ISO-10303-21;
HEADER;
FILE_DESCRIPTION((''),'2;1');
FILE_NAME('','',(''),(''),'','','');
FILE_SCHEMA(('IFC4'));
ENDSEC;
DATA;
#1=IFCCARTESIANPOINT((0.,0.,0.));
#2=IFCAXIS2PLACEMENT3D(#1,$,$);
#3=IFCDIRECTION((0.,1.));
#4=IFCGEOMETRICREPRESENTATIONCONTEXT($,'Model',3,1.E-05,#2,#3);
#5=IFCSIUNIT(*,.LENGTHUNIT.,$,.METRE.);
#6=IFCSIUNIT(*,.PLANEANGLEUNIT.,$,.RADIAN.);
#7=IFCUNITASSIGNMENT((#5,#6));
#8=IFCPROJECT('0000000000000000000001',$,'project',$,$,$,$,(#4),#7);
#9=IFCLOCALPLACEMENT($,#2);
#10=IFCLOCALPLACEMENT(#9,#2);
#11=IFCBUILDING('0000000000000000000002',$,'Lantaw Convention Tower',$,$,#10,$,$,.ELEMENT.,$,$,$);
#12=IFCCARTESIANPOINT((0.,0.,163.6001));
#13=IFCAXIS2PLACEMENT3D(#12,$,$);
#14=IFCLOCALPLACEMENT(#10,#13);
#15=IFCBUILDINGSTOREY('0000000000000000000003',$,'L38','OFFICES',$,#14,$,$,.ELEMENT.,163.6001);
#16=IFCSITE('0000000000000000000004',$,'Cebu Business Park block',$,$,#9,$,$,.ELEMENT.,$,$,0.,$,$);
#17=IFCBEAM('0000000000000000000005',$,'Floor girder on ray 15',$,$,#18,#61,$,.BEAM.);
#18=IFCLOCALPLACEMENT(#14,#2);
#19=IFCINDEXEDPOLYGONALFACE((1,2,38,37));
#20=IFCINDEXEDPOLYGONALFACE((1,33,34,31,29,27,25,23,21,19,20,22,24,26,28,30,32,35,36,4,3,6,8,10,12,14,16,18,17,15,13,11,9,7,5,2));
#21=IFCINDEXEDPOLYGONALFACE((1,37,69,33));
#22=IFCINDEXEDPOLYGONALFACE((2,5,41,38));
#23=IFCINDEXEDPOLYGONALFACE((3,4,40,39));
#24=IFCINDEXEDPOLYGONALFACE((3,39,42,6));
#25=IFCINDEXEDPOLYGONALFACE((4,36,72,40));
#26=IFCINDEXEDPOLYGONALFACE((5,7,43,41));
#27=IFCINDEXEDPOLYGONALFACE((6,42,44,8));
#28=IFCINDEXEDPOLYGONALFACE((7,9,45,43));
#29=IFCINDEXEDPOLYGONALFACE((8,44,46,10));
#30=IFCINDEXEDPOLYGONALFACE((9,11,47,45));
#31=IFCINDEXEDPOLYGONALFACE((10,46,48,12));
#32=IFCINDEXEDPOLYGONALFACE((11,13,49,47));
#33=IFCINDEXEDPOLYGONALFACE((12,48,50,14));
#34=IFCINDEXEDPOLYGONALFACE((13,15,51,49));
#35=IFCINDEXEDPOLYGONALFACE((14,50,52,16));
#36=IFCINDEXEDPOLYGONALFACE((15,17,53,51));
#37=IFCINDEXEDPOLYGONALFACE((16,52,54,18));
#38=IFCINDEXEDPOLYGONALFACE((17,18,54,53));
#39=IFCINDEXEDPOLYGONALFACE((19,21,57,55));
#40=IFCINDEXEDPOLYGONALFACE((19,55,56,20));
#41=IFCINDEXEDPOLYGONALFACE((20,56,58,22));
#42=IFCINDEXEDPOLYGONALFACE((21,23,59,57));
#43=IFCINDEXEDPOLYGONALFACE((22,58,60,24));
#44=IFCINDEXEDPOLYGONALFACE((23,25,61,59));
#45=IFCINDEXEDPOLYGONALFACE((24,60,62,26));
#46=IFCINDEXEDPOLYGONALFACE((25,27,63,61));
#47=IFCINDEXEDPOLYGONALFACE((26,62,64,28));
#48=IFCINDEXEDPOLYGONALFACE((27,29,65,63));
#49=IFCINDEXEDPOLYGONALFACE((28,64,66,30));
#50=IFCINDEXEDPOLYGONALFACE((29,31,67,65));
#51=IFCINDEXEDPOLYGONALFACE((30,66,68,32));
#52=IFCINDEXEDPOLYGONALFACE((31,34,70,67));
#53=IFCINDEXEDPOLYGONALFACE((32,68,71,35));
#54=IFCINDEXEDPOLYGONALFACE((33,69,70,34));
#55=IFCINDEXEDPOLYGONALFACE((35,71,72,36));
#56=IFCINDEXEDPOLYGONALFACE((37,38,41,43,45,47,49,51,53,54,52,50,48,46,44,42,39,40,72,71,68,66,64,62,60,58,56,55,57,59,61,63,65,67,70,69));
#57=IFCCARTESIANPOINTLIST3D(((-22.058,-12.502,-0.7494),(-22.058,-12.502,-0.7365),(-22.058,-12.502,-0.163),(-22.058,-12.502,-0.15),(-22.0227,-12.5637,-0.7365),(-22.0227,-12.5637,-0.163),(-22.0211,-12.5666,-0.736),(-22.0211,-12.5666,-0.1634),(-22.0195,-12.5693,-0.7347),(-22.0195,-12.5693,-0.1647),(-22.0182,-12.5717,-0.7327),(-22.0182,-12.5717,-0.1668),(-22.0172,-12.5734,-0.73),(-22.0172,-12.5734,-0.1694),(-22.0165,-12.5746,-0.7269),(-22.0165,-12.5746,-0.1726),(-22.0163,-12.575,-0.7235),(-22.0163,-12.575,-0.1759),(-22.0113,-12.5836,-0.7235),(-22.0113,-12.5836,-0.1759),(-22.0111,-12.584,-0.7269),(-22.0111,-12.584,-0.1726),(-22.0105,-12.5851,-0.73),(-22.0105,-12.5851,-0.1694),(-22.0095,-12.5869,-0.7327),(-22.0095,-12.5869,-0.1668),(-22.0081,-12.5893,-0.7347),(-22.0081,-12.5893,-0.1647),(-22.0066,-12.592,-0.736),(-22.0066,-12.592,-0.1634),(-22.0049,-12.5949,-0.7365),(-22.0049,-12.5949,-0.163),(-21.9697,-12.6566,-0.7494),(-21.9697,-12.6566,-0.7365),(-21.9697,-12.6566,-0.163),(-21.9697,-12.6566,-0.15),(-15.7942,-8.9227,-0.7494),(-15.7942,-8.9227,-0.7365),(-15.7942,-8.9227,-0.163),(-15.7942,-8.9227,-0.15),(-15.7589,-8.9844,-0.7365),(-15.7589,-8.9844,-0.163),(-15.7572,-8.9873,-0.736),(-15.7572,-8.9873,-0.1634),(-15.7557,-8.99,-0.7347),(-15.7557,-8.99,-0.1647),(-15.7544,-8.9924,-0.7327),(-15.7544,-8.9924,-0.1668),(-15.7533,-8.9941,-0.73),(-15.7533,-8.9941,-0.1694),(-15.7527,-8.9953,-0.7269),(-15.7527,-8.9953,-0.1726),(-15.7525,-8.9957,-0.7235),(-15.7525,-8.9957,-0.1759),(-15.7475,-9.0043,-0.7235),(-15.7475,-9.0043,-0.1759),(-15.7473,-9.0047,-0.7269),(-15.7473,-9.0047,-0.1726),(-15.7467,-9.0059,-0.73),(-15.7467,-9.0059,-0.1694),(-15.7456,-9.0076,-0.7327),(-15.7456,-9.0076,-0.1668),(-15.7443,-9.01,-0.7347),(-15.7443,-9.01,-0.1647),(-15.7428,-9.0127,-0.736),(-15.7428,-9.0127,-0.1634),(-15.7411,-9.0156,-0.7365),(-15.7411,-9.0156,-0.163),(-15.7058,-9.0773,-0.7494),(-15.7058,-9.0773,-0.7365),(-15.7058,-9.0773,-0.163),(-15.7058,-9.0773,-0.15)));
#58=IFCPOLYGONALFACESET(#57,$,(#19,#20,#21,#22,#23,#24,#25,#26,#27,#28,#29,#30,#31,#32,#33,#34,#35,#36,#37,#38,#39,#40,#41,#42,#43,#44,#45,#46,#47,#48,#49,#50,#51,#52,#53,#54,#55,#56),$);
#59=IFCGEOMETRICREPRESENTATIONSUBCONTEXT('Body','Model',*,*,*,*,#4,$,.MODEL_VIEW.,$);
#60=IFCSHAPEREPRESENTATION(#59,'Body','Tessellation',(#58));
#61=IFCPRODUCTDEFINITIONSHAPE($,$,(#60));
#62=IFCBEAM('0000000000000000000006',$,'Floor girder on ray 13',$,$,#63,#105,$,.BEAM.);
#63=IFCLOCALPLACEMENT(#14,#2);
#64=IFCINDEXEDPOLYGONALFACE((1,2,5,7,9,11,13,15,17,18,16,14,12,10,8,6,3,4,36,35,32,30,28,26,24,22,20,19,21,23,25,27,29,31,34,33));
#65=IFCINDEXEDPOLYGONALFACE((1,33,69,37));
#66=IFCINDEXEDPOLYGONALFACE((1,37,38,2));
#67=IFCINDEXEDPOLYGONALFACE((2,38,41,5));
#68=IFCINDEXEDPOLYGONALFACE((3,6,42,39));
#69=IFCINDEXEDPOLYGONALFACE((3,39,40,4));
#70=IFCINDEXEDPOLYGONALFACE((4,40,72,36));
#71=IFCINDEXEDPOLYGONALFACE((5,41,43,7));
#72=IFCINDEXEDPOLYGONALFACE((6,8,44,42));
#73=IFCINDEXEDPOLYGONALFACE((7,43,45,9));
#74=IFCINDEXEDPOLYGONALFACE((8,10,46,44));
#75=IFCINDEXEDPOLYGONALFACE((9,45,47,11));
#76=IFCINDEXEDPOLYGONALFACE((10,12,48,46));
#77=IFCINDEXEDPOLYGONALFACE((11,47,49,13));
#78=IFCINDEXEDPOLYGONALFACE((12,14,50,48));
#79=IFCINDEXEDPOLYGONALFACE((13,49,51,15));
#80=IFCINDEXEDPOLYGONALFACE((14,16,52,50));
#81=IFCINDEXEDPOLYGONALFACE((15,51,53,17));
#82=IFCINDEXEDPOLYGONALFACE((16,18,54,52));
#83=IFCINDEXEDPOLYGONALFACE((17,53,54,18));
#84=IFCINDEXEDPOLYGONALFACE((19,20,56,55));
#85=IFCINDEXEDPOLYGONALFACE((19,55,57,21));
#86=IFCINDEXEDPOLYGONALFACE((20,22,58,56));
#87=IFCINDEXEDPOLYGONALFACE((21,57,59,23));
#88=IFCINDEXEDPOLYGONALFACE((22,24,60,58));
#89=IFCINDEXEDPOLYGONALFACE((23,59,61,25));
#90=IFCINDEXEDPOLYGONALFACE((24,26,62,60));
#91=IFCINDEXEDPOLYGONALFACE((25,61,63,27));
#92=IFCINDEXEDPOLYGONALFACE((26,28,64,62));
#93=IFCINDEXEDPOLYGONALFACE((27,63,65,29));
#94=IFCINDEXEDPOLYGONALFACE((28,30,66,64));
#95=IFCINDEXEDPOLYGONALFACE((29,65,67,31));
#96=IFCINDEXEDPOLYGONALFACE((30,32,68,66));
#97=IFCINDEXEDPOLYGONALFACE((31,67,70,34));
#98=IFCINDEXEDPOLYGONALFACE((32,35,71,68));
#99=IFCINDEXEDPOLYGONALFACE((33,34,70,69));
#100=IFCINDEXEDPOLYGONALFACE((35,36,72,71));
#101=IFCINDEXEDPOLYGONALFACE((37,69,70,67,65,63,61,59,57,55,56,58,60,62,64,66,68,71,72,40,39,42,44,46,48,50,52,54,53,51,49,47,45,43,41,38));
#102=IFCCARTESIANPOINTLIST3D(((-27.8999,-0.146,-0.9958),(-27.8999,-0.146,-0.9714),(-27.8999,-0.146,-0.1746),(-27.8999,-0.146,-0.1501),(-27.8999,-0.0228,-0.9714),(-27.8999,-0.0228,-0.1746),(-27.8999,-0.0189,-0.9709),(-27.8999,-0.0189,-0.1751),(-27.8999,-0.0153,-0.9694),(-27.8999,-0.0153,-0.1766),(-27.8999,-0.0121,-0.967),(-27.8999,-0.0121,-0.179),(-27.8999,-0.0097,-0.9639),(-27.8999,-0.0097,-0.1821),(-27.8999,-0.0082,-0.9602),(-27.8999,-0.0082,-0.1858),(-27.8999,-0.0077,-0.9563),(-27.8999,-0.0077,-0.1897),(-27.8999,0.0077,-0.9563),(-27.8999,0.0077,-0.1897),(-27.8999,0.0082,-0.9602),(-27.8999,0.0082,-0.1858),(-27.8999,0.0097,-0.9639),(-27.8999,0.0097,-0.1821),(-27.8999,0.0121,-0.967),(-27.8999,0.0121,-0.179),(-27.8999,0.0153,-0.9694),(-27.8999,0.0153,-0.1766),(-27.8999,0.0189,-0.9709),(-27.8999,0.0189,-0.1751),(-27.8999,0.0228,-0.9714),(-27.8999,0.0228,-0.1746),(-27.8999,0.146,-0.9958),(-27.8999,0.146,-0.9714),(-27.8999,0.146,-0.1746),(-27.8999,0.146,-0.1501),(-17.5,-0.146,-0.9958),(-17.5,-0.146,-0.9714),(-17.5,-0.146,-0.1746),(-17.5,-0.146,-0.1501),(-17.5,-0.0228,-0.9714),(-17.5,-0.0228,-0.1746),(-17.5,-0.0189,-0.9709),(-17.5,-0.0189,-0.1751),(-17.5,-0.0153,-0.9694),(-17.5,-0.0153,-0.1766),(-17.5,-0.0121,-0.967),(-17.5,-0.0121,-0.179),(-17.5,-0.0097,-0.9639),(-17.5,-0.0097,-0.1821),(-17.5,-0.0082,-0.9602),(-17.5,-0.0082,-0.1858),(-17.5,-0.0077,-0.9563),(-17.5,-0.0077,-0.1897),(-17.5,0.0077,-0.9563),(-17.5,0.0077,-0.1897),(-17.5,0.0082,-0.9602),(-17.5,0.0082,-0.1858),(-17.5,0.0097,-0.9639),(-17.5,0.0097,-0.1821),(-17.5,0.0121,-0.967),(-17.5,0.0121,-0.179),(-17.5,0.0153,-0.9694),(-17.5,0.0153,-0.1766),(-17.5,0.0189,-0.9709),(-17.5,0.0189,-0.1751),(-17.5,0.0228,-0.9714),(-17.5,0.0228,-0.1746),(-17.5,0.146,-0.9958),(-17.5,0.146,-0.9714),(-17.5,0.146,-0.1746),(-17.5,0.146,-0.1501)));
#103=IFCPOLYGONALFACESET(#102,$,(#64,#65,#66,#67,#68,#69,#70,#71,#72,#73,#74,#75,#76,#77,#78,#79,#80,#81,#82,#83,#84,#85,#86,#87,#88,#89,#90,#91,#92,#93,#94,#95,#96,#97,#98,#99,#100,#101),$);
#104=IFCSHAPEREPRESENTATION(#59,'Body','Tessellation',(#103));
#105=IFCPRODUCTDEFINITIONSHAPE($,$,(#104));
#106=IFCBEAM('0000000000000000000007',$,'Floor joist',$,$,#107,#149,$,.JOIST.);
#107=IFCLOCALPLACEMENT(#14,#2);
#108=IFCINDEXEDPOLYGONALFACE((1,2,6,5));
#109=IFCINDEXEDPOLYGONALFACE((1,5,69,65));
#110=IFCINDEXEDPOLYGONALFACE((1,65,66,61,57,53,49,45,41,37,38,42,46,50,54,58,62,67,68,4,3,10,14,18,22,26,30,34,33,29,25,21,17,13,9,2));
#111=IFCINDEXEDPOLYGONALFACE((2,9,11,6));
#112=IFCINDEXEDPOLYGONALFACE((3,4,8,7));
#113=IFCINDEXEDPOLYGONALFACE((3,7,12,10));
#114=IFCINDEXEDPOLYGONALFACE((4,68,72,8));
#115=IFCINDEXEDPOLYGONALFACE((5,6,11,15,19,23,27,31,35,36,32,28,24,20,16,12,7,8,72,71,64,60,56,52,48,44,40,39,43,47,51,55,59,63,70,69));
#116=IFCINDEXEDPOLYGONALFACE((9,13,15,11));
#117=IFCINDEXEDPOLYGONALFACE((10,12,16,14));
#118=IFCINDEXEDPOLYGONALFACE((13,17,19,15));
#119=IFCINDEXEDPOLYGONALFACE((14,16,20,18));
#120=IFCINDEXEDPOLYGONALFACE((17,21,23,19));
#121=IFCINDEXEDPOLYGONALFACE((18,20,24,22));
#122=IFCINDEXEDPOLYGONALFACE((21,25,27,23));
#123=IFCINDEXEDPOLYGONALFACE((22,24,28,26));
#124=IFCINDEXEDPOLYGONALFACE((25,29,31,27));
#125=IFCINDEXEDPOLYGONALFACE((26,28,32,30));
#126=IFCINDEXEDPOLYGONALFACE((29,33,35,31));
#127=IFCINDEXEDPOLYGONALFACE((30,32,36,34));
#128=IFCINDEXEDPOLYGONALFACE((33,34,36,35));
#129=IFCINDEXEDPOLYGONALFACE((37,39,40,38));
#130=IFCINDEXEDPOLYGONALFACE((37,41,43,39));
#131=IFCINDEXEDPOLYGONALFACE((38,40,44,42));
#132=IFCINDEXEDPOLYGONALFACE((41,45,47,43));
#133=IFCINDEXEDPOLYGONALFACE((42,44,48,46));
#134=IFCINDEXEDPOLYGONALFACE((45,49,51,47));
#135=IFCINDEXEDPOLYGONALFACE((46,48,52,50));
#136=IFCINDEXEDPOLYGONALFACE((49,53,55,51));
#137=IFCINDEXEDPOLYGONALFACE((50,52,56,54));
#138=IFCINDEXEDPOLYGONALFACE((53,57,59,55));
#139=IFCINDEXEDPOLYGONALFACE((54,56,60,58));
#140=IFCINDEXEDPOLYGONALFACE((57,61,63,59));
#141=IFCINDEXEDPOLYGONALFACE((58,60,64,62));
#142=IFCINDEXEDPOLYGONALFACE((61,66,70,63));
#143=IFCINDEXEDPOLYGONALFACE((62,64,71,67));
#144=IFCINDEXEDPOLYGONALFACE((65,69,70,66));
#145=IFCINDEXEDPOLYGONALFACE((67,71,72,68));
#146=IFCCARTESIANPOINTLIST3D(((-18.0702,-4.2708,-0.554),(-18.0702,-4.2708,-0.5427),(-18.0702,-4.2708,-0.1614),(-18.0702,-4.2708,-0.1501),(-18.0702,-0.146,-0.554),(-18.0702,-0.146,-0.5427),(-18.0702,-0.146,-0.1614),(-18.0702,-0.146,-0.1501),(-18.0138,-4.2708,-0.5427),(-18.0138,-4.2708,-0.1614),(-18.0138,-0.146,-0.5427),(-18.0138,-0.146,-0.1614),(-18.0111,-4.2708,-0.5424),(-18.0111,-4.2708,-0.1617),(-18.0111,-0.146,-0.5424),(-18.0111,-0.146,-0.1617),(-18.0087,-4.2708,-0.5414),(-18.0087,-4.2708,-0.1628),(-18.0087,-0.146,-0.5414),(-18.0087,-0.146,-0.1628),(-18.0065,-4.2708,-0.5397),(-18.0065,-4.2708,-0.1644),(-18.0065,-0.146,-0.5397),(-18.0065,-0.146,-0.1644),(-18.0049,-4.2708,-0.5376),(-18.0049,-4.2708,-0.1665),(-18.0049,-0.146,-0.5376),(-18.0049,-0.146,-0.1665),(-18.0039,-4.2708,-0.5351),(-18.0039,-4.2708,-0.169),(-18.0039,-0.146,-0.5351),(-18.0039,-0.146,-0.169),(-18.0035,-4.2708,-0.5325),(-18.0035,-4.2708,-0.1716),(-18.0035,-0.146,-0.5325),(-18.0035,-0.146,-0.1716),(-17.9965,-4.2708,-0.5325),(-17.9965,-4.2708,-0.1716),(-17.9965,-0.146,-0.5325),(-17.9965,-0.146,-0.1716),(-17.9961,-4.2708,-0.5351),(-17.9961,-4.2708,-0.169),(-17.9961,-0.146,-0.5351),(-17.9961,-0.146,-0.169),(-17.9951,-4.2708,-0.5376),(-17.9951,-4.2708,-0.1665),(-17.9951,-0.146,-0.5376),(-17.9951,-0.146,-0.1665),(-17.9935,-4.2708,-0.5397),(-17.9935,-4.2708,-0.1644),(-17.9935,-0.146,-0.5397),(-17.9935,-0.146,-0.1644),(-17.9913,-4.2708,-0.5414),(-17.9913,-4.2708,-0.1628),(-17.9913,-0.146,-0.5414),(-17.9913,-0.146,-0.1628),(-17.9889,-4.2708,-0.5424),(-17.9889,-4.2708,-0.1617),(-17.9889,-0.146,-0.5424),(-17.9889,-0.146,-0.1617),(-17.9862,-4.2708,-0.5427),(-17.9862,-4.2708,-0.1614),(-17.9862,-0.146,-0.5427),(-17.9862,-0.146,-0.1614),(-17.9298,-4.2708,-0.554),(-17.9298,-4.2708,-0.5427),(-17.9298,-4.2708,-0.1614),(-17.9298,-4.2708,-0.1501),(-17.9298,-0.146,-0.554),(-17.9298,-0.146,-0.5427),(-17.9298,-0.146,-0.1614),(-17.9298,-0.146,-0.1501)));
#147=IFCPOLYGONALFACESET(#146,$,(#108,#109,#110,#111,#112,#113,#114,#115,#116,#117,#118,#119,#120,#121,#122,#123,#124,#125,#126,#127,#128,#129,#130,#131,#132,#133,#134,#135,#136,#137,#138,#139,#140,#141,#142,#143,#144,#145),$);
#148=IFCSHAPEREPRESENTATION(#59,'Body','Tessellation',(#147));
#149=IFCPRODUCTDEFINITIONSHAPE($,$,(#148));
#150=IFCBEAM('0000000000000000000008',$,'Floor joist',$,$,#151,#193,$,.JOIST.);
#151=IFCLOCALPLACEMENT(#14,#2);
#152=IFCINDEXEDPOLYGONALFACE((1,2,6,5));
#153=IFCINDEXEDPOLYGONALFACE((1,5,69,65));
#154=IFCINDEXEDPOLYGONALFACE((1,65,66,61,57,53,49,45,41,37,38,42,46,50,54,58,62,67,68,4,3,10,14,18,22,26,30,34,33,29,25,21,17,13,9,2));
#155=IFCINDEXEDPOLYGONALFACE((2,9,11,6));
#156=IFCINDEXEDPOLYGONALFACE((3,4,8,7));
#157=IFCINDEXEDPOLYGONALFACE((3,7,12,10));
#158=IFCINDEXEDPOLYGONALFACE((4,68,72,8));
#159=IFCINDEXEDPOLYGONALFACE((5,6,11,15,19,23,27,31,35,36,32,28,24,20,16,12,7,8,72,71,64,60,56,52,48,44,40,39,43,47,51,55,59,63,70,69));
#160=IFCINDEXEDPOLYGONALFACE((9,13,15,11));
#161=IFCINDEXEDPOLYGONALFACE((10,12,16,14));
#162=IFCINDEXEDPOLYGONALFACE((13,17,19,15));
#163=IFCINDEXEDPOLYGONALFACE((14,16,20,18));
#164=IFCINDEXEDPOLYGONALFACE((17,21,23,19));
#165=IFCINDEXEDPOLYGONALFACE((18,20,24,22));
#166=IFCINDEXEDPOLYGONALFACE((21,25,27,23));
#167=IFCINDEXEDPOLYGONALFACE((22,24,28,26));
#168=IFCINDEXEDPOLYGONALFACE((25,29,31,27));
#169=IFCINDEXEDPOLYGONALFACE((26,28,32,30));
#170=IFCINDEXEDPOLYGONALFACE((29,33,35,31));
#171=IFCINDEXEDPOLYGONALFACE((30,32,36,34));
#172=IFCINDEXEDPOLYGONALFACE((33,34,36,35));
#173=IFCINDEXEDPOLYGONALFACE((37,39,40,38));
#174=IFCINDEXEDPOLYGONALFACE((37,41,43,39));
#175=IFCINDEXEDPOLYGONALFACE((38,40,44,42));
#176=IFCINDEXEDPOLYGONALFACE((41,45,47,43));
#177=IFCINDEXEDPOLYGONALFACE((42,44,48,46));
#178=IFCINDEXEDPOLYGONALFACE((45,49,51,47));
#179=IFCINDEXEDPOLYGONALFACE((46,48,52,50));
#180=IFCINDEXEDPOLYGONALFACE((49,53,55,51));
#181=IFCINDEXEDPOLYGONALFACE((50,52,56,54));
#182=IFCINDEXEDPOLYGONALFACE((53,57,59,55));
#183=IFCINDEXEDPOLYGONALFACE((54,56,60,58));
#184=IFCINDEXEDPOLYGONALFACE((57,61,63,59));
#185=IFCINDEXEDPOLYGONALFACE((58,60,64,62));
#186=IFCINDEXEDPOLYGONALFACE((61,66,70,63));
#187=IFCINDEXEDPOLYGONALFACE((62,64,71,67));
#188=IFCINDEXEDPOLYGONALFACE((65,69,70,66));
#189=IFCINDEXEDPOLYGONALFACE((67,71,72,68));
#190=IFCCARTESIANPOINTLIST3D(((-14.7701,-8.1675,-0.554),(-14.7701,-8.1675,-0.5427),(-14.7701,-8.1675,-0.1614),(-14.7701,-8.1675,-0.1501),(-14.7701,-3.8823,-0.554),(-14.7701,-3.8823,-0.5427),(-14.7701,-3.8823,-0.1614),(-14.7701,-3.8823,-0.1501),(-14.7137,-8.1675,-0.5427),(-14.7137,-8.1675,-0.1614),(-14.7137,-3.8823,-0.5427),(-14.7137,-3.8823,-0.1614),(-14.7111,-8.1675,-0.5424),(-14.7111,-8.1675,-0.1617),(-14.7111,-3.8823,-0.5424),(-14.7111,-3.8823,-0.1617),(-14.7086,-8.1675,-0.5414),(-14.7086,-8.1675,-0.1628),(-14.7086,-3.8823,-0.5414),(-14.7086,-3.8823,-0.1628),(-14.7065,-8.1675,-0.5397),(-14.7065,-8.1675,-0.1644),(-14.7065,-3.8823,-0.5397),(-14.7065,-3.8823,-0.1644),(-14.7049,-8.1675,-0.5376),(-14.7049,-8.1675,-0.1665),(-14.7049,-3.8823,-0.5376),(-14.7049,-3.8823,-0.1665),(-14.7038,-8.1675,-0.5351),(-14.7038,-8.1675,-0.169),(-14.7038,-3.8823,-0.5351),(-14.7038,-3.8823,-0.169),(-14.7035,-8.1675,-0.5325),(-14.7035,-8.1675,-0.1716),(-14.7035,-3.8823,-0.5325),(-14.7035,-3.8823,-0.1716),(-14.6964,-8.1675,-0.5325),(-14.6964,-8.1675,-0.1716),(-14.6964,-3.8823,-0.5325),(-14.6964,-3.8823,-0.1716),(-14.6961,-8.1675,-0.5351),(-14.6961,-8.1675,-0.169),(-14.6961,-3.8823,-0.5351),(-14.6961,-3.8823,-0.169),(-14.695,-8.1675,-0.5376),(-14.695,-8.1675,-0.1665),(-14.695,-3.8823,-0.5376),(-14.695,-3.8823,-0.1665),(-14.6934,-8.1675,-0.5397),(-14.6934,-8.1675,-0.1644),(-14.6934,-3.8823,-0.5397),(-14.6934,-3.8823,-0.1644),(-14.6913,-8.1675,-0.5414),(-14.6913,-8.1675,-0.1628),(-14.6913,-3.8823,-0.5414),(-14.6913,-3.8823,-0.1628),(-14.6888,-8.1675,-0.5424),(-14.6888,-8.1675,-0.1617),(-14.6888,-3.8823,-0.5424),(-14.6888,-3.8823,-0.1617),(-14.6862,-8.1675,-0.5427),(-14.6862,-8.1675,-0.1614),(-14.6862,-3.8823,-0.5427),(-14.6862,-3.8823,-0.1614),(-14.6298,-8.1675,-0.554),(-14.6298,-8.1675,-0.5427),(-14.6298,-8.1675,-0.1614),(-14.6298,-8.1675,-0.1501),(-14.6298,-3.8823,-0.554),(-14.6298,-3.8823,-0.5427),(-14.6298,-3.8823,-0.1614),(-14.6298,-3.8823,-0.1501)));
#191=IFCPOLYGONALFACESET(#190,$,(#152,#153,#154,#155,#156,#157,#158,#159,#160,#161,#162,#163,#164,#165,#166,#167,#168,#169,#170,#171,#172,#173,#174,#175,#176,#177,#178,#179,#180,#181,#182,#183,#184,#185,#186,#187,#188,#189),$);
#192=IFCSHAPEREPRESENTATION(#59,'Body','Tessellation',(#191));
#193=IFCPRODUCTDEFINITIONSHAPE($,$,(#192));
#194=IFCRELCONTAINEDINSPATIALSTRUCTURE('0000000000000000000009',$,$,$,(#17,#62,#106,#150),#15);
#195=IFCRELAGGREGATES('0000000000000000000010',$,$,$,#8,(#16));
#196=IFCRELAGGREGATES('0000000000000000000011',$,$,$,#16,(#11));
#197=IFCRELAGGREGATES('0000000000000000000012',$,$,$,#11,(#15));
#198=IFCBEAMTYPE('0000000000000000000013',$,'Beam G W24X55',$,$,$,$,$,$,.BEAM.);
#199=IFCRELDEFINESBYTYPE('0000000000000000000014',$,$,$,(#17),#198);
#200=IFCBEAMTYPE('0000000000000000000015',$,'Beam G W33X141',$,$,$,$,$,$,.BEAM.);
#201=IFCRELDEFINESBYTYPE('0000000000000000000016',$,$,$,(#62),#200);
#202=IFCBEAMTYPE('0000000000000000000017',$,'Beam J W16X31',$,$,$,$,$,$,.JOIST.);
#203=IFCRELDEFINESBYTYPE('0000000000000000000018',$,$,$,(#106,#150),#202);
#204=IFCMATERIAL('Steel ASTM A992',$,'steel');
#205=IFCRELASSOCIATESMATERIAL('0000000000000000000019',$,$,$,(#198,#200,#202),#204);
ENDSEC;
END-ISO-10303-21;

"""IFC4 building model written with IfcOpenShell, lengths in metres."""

from ifc_helpers import new_model, si_unit, direction, frame, origin, origin_2d, place, context, subcontext, project, spatial, i_section, extrude, material, material_profile, profile_set, type_object, element, save


model = new_model("IFC4")

# Units and contexts
model_context = context("Model", 3, precision=1e-05, world=origin(), true_north=direction((0.0, 1.0)))
body_context = subcontext(model_context, "Body", "Model", "MODEL_VIEW")
ifc_project = project(units=[si_unit("LENGTHUNIT", "METRE"), si_unit("PLANEANGLEUNIT", "RADIAN")], contexts=[model_context])

# Site, building, storey
site_placement = place(None, origin())
site = spatial("IfcSite", under=ifc_project, at=site_placement, Name="Cebu Business Park block", CompositionType="ELEMENT", RefElevation=0.0)
building_placement = place(site_placement, origin())
building = spatial("IfcBuilding", under=site, at=building_placement, Name="Lantaw Convention Tower", CompositionType="ELEMENT")
storey_placement = place(building_placement, frame((0.0, 0.0, 163.6001)))
storey = spatial("IfcBuildingStorey", under=building, at=storey_placement, Name="L38", Description="OFFICES", CompositionType="ELEMENT", Elevation=163.6001)

# Beams
ifc_material_1 = material(Name="Steel ASTM A992", Category="steel")
ifc_material_profile_1 = material_profile(ifc_material_1, i_section(OverallWidth=0.178, OverallDepth=0.5994, WebThickness=0.01, FlangeThickness=0.0129, FilletRadius=0.0129, at=origin_2d()), Name="W24X55")
ifc_profile_set_1 = profile_set([ifc_material_profile_1], Name="Steel ASTM A992")
beam_type_1 = type_object("IfcBeamType", Name="Beam G W24X55", PredefinedType="BEAM", material=ifc_profile_set_1)
beam_1_placement = place(storey_placement, frame((-15.75, -9.0, -0.4497), z_axis=(-0.868245, -0.496135, 0.0), x_axis=(0.496135, -0.868245, 0.0)))
element("IfcBeam", 1, at=beam_1_placement, inside=storey, type_object=beam_type_1, Name="Floor girder on ray 15", PredefinedType="BEAM", context=body_context, shape_type="SweptSolid", body=[
    extrude(i_section(OverallWidth=0.178, OverallDepth=0.5994, WebThickness=0.01, FlangeThickness=0.0129, FilletRadius=0.0129, at=origin_2d()), origin(), (0.0, 0.0, 1.0), 7.2144),
])
ifc_material_profile_2 = material_profile(ifc_material_1, i_section(OverallWidth=0.292, OverallDepth=0.8457, WebThickness=0.0154, FlangeThickness=0.0244, FilletRadius=0.0151, at=origin_2d()), Name="W33X141")
ifc_profile_set_2 = profile_set([ifc_material_profile_2], Name="Steel ASTM A992")
beam_type_2 = type_object("IfcBeamType", Name="Beam G W33X141", PredefinedType="BEAM", material=ifc_profile_set_2)
beam_2_placement = place(storey_placement, frame((-17.5, 0.0, -0.573), z_axis=(-1.0, 0.0, 0.0), x_axis=(0.0, -1.0, 0.0)))
element("IfcBeam", 2, at=beam_2_placement, inside=storey, type_object=beam_type_2, Name="Floor girder on ray 13", PredefinedType="BEAM", context=body_context, shape_type="SweptSolid", body=[
    extrude(i_section(OverallWidth=0.292, OverallDepth=0.8457, WebThickness=0.0154, FlangeThickness=0.0244, FilletRadius=0.0151, at=origin_2d()), origin(), (0.0, 0.0, 1.0), 10.3999),
])
ifc_material_profile_3 = material_profile(ifc_material_1, i_section(OverallWidth=0.1404, OverallDepth=0.4038, WebThickness=0.0071, FlangeThickness=0.0112, FilletRadius=0.0103, at=origin_2d()), Name="W16X31")
ifc_profile_set_3 = profile_set([ifc_material_profile_3], Name="Steel ASTM A992")
beam_type_3 = type_object("IfcBeamType", Name="Beam J W16X31", PredefinedType="JOIST", material=ifc_profile_set_3)
beam_3_placement = place(storey_placement, frame((-18.0, -4.2708, -0.3521), z_axis=(0.0, 1.0, 0.0), x_axis=(-1.0, 0.0, 0.0)))
element("IfcBeam", 3, at=beam_3_placement, inside=storey, type_object=beam_type_3, Name="Floor joist", PredefinedType="JOIST", context=body_context, shape_type="SweptSolid", body=[
    extrude(i_section(OverallWidth=0.1404, OverallDepth=0.4038, WebThickness=0.0071, FlangeThickness=0.0112, FilletRadius=0.0103, at=origin_2d()), origin(), (0.0, 0.0, 1.0), 4.1248),
])
beam_4_placement = place(storey_placement, frame((-14.7, -8.1675, -0.3521), z_axis=(0.0, 1.0, 0.0), x_axis=(-1.0, 0.0, 0.0)))
element("IfcBeam", 4, at=beam_4_placement, inside=storey, type_object=beam_type_3, Name="Floor joist", PredefinedType="JOIST", context=body_context, shape_type="SweptSolid", body=[
    extrude(i_section(OverallWidth=0.1404, OverallDepth=0.4038, WebThickness=0.0071, FlangeThickness=0.0112, FilletRadius=0.0103, at=origin_2d()), origin(), (0.0, 0.0, 1.0), 4.2852),
])

save(model, "model.ifc")
